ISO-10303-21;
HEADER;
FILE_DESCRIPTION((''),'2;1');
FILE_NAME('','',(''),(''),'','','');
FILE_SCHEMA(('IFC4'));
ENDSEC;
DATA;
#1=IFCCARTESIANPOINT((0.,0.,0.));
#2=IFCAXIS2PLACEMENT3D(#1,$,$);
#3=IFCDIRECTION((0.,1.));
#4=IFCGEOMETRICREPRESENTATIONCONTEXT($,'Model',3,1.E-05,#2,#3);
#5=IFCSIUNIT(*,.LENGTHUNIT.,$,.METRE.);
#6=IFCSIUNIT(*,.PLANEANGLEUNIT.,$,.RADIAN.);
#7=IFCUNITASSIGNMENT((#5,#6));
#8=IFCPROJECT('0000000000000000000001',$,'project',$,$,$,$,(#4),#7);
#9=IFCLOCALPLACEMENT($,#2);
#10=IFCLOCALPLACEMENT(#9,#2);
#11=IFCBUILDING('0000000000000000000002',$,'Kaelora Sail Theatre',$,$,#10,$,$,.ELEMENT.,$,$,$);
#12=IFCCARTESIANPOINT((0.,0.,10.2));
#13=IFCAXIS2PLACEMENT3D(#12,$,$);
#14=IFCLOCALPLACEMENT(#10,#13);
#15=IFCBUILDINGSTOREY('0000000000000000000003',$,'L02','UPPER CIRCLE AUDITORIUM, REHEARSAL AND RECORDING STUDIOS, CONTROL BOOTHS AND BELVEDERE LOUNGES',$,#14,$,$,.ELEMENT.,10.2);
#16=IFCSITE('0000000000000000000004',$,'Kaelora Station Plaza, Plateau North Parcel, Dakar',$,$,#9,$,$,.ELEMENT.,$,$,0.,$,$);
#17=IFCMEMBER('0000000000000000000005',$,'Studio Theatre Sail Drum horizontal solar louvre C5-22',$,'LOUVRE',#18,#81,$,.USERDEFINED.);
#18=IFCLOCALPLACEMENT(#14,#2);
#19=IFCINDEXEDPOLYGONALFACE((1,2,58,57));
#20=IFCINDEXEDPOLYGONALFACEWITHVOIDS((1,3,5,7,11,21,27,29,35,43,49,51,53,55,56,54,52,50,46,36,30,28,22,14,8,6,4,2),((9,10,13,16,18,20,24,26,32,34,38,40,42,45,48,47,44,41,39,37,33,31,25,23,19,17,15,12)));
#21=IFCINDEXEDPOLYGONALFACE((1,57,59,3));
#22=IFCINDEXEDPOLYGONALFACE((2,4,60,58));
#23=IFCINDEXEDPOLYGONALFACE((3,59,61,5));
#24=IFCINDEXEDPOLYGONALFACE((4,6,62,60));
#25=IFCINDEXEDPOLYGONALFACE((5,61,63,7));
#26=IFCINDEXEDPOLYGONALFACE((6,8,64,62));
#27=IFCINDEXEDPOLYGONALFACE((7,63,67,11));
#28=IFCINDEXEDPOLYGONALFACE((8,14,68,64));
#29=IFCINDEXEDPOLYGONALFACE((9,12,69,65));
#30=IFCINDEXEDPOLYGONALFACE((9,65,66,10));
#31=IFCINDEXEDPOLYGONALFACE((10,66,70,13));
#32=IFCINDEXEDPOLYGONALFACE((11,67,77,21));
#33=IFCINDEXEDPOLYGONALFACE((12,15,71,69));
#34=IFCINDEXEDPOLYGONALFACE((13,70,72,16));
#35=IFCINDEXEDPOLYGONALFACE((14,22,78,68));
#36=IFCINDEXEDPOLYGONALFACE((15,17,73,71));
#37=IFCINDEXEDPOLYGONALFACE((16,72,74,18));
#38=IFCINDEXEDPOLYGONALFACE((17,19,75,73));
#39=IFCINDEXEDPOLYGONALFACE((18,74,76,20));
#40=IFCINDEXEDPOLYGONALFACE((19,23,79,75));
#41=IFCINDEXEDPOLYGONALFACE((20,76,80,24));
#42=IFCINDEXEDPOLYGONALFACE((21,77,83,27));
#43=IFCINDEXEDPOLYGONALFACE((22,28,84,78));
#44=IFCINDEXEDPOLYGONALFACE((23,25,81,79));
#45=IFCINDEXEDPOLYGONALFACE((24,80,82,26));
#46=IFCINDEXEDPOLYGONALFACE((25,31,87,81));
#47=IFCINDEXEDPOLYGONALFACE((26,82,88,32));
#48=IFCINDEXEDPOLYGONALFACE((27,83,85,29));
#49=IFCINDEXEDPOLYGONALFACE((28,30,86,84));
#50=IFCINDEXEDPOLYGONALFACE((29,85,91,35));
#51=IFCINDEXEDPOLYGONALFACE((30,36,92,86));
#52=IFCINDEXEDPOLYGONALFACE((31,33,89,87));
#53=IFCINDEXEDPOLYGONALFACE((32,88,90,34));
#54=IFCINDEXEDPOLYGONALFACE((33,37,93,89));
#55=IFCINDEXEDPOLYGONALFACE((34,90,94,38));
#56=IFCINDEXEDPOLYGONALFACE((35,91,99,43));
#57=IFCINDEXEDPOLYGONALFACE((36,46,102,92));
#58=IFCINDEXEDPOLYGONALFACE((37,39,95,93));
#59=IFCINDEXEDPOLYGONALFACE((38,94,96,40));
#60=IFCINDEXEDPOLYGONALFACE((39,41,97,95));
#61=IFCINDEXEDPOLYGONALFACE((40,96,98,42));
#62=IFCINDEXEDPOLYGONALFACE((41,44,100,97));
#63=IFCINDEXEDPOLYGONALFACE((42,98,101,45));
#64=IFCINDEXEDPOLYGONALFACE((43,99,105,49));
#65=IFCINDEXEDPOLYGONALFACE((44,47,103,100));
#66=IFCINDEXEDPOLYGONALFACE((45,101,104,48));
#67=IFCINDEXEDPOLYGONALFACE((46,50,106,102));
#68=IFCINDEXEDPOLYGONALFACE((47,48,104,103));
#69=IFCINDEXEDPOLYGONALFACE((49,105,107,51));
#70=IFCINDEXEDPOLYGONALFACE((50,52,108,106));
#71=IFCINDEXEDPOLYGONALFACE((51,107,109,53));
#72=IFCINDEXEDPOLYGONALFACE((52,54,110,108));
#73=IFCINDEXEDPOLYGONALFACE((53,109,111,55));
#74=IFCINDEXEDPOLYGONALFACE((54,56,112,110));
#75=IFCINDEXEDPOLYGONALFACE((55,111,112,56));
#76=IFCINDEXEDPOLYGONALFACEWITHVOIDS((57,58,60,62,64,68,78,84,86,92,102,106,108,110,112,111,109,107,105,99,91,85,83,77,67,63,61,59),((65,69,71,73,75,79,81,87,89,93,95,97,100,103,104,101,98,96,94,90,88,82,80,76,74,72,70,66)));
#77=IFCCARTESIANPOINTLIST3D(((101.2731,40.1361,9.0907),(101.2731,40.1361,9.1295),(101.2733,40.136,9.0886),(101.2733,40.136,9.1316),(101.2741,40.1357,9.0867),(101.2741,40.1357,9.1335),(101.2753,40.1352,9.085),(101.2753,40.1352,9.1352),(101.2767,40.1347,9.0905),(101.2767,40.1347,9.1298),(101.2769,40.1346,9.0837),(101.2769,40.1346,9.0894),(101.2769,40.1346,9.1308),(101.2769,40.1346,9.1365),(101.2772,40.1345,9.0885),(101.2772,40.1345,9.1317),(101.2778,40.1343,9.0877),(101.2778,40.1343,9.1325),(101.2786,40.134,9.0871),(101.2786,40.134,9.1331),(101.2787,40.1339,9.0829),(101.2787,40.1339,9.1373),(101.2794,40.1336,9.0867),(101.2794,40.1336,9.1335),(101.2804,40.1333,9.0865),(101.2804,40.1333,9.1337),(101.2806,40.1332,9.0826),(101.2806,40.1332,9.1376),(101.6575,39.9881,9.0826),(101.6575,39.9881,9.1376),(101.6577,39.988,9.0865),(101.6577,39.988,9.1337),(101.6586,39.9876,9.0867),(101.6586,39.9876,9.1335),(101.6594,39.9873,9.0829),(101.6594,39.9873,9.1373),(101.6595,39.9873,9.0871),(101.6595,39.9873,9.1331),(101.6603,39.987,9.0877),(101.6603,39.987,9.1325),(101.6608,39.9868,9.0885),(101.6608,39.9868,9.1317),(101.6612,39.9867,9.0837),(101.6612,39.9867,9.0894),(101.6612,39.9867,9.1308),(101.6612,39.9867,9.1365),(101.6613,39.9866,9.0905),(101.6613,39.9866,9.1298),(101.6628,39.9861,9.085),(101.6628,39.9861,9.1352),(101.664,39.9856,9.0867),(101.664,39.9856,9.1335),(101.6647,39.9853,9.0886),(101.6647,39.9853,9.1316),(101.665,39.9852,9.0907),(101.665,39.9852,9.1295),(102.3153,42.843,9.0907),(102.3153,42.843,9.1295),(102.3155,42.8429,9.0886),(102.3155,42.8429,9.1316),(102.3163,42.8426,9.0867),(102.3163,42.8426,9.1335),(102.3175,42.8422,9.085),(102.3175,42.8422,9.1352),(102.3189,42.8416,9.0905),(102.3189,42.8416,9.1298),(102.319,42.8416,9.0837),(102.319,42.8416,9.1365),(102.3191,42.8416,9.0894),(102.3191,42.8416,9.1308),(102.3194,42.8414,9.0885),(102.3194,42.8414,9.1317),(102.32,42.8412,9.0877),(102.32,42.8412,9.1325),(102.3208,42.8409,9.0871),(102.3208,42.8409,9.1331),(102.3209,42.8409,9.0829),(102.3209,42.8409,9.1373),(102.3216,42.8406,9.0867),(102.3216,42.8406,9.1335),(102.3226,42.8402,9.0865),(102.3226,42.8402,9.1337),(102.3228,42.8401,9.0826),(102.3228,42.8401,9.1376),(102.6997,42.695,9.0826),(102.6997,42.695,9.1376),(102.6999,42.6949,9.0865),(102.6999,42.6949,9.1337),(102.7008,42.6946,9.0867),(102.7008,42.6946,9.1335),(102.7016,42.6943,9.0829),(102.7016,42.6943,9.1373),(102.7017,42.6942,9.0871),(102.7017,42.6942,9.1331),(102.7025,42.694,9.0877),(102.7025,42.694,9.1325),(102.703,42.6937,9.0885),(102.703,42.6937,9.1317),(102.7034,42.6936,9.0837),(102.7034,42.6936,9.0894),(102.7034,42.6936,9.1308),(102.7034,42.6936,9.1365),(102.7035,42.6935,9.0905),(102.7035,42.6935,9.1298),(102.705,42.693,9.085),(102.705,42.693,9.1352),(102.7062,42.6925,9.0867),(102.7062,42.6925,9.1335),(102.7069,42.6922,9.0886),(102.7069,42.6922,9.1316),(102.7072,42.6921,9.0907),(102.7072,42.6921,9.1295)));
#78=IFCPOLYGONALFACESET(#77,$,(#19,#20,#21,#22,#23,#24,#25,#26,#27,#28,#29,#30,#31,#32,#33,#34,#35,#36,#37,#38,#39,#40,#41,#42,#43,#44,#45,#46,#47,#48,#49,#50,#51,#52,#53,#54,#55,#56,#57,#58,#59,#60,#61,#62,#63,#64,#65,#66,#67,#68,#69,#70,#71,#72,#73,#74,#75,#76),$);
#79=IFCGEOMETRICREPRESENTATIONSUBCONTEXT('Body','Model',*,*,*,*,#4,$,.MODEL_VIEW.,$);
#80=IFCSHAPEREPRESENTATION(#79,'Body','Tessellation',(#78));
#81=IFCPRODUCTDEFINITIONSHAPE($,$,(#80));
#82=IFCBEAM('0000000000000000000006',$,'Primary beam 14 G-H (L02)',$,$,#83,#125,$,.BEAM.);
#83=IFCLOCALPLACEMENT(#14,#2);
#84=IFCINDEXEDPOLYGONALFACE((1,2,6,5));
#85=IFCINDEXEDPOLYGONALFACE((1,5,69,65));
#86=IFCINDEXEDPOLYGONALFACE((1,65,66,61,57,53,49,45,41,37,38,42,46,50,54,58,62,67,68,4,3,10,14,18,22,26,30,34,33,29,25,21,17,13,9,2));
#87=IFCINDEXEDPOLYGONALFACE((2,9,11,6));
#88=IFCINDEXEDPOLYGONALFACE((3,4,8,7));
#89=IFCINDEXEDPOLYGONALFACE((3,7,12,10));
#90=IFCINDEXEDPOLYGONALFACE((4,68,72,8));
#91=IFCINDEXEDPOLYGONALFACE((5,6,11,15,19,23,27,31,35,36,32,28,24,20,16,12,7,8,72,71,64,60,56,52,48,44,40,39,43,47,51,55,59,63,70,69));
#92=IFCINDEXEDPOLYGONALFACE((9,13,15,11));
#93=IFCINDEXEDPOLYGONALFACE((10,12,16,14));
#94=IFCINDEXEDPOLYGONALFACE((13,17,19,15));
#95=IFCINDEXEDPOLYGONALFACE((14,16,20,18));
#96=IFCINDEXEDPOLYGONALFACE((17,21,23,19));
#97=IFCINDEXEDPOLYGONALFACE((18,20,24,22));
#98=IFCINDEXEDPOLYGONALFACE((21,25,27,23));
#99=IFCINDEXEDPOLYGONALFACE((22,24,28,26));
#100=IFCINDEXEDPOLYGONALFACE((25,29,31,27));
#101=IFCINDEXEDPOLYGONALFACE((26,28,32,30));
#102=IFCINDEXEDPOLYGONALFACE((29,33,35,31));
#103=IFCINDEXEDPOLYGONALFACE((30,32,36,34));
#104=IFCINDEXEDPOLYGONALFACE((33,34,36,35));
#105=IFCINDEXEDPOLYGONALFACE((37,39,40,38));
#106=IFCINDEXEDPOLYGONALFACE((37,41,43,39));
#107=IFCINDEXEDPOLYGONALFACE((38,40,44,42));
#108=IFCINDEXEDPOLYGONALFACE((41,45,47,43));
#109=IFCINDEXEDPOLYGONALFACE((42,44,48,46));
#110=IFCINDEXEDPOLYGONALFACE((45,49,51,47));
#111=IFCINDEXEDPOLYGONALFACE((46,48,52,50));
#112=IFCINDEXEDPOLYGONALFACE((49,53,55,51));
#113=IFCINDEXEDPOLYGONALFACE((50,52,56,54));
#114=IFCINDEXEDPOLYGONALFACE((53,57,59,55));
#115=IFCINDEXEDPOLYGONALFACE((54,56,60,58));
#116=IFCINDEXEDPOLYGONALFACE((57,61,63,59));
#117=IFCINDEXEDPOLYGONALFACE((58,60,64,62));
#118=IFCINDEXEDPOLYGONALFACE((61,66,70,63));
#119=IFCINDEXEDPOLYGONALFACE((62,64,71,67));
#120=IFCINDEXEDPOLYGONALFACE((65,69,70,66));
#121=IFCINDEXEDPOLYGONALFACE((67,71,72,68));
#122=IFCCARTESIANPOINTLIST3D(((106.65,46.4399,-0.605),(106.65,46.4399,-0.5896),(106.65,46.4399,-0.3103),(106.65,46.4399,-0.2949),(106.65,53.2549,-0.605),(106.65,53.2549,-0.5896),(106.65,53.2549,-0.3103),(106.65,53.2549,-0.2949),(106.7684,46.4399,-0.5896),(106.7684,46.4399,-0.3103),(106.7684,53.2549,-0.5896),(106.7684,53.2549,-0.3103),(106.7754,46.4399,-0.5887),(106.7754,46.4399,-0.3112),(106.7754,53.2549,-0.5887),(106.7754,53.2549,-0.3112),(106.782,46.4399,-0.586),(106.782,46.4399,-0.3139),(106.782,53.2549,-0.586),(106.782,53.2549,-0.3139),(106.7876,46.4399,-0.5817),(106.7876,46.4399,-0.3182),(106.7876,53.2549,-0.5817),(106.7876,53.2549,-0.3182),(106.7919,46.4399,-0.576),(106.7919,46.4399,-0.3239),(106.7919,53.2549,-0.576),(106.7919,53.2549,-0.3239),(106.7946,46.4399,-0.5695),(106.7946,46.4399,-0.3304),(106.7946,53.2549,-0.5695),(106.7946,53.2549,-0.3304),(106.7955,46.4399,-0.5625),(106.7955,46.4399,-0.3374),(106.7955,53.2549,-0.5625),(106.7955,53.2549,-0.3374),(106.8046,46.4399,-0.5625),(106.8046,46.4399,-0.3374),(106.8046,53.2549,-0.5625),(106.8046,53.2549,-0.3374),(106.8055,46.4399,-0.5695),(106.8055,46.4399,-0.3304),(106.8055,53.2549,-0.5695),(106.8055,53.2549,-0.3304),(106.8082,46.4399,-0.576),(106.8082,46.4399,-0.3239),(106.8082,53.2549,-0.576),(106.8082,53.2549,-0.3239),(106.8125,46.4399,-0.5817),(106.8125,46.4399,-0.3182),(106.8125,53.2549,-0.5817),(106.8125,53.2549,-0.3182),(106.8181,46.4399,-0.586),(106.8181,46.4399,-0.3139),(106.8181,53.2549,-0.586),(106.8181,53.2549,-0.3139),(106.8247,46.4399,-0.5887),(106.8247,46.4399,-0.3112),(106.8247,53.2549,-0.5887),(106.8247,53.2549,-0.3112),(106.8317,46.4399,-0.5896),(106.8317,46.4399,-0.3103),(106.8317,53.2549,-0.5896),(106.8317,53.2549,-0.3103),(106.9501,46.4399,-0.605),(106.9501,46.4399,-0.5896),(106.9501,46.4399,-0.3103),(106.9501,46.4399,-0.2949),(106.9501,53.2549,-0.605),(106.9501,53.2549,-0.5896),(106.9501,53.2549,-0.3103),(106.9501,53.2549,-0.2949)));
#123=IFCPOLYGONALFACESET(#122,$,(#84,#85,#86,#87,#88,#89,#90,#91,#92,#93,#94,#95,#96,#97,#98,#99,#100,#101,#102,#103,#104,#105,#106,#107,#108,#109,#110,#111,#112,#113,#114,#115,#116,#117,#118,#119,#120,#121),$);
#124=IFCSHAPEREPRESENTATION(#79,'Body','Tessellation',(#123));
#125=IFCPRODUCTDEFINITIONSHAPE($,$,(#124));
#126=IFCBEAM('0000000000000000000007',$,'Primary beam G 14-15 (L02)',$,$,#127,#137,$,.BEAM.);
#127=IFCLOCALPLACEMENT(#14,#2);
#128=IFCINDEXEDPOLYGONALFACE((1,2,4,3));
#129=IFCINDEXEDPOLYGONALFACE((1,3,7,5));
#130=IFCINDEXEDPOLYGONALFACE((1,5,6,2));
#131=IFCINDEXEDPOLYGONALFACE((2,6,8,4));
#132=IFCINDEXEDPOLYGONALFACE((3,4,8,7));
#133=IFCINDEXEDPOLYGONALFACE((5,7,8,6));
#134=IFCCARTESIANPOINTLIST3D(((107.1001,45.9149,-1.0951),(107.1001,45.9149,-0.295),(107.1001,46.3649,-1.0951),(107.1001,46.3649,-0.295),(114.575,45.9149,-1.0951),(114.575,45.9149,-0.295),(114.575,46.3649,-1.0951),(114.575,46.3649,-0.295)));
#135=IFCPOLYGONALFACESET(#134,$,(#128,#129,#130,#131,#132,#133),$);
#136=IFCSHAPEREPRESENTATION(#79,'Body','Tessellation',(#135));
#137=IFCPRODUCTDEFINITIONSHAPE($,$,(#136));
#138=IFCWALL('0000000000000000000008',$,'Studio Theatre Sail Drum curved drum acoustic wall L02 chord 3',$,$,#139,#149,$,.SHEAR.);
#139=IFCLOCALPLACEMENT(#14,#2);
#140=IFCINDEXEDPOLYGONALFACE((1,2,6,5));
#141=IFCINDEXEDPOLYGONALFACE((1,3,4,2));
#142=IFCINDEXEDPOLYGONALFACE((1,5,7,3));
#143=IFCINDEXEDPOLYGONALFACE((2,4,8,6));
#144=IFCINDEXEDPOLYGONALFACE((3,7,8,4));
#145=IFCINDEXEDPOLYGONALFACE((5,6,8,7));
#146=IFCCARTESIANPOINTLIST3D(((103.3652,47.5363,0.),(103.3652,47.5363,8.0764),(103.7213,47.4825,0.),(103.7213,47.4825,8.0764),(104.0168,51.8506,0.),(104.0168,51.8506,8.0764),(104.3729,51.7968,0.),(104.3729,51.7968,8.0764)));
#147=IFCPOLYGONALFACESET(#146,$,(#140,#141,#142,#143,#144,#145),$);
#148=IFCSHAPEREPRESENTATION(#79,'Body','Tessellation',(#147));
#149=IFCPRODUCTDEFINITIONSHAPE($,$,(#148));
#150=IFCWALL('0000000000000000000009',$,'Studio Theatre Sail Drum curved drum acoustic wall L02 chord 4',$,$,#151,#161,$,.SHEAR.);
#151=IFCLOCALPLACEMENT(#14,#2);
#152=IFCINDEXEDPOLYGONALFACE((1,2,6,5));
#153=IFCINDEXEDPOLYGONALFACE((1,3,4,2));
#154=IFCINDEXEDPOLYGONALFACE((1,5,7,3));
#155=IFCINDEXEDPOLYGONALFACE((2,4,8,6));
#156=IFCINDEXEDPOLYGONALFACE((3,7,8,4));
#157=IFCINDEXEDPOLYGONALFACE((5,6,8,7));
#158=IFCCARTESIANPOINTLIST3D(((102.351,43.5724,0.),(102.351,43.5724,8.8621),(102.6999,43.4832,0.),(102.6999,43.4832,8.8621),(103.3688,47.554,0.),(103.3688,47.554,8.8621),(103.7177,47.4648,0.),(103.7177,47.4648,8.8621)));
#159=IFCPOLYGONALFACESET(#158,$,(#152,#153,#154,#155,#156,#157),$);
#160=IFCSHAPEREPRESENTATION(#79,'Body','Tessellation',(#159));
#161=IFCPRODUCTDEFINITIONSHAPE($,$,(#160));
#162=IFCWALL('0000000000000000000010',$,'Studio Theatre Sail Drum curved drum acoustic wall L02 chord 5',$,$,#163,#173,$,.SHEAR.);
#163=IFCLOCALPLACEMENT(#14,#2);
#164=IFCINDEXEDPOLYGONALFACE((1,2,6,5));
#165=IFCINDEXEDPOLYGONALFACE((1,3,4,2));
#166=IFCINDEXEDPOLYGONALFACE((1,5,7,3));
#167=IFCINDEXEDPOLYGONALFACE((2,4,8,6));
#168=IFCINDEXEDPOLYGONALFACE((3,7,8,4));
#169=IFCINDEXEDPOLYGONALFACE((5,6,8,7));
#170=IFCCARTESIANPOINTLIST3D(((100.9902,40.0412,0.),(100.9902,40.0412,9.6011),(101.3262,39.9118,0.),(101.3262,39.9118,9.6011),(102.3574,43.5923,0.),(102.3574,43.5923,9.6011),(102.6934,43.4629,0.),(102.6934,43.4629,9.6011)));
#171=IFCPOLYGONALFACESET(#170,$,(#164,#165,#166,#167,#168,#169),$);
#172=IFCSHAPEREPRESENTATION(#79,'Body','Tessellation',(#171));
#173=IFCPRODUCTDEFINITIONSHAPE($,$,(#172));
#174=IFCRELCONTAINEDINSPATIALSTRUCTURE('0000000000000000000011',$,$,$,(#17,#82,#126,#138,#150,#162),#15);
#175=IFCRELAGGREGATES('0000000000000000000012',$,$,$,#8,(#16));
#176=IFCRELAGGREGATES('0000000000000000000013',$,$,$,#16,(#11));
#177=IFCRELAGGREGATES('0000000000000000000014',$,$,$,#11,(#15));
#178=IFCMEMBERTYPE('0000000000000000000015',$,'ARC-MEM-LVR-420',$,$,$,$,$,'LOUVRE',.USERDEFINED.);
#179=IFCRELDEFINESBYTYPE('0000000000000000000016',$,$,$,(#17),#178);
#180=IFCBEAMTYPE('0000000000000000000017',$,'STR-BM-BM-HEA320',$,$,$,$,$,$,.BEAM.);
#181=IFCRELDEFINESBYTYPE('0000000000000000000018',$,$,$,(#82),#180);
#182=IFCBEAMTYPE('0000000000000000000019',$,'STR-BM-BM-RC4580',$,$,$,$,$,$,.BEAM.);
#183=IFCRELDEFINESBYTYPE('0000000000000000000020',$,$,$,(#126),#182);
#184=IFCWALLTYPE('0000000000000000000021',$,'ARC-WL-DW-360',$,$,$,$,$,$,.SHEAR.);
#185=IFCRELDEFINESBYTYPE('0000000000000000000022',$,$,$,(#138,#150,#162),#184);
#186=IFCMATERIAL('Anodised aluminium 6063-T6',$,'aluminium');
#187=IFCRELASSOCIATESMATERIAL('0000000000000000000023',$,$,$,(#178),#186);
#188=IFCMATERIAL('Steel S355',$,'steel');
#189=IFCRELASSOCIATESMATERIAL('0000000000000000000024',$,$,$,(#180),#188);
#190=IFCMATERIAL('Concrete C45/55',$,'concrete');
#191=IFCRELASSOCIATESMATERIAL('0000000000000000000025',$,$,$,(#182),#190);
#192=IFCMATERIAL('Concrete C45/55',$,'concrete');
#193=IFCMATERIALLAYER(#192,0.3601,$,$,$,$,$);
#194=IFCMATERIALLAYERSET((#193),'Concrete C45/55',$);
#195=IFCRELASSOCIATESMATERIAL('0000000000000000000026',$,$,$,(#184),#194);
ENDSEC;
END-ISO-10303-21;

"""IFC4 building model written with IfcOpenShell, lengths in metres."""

from ifc_helpers import new_model, si_unit, direction, frame, frame_2d, origin, origin_2d, place, context, subcontext, project, spatial, rectangle, hollow_rectangle, i_section, extrude, material, layer, layer_set, material_profile, profile_set, type_object, element, save


model = new_model("IFC4")

# Units and contexts
model_context = context("Model", 3, precision=1e-05, world=origin(), true_north=direction((0.0, 1.0)))
body_context = subcontext(model_context, "Body", "Model", "MODEL_VIEW")
ifc_project = project(units=[si_unit("LENGTHUNIT", "METRE"), si_unit("PLANEANGLEUNIT", "RADIAN")], contexts=[model_context])

# Site, building, storey
site_placement = place(None, origin())
site = spatial("IfcSite", under=ifc_project, at=site_placement, Name="Kaelora Station Plaza, Plateau North Parcel, Dakar", CompositionType="ELEMENT", RefElevation=0.0)
building_placement = place(site_placement, origin())
building = spatial("IfcBuilding", under=site, at=building_placement, Name="Kaelora Sail Theatre", CompositionType="ELEMENT")
storey_placement = place(building_placement, frame((0.0, 0.0, 10.2)))
storey = spatial("IfcBuildingStorey", under=building, at=storey_placement, Name="L02", Description="UPPER CIRCLE AUDITORIUM, REHEARSAL AND RECORDING STUDIOS, CONTROL BOOTHS AND BELVEDERE LOUNGES", CompositionType="ELEMENT", Elevation=10.2)

# Member
ifc_material_1 = material(Name="Anodised aluminium 6063-T6", Category="aluminium")
ifc_material_profile_1 = material_profile(ifc_material_1, hollow_rectangle(XDim=0.4199, YDim=0.0549, WallThickness=0.0039, InnerFilletRadius=0.0039, OuterFilletRadius=0.0081, at=origin_2d()), Name="LOUVRE 420x55x4")
ifc_profile_set_1 = profile_set([ifc_material_profile_1], Name="Anodised aluminium 6063-T6")
member_type = type_object("IfcMemberType", Name="ARC-MEM-LVR-420", ElementType="LOUVRE", PredefinedType="USERDEFINED", material=ifc_profile_set_1)
for number, where, z_axis, x_axis, name in (
    (1, (102.5112, 42.7676, 9.1101), (-0.359301, -0.933222, 0.0), (0.933222, -0.359301, 0.0), "Studio Theatre Sail Drum horizontal solar louvre C5-22"),
):
    element("IfcMember", number, at=place(storey_placement, frame(where, z_axis=z_axis, x_axis=x_axis)), inside=storey, type_object=member_type, Name=name, ObjectType="LOUVRE", PredefinedType="USERDEFINED", context=body_context, shape_type="SweptSolid", body=[
        extrude(hollow_rectangle(XDim=0.4199, YDim=0.0549, WallThickness=0.0039, InnerFilletRadius=0.0039, OuterFilletRadius=0.0081, at=origin_2d()), origin(), (0.0, 0.0, 1.0), 2.9006),
    ])

# Beams
ifc_material_2 = material(Name="Steel S355", Category="steel")
ifc_material_profile_2 = material_profile(ifc_material_2, i_section(OverallWidth=0.3, OverallDepth=0.3101, WebThickness=0.009, FlangeThickness=0.0154, FilletRadius=0.0271, at=origin_2d()), Name="HEA 320")
ifc_profile_set_2 = profile_set([ifc_material_profile_2], Name="Steel S355")
beam_type_1 = type_object("IfcBeamType", Name="STR-BM-BM-HEA320", PredefinedType="BEAM", material=ifc_profile_set_2)
beam_1_placement = place(storey_placement, frame((106.8, 46.4399, -0.45), z_axis=(0.0, 1.0, 0.0), x_axis=(-1.0, 0.0, 0.0)))
element("IfcBeam", 2, at=beam_1_placement, inside=storey, type_object=beam_type_1, Name="Primary beam 14 G-H (L02)", PredefinedType="BEAM", context=body_context, shape_type="SweptSolid", body=[
    extrude(i_section(OverallWidth=0.3, OverallDepth=0.3101, WebThickness=0.009, FlangeThickness=0.0154, FilletRadius=0.0271, at=origin_2d()), origin(), (0.0, 0.0, 1.0), 6.8149),
])
ifc_material_3 = material(Name="Concrete C45/55", Category="concrete")
ifc_material_profile_3 = material_profile(ifc_material_3, rectangle(XDim=0.45, YDim=0.8, at=origin_2d()), Name="RC-BM 450x800")
ifc_profile_set_3 = profile_set([ifc_material_profile_3], Name="Concrete C45/55")
beam_type_2 = type_object("IfcBeamType", Name="STR-BM-BM-RC4580", PredefinedType="BEAM", material=ifc_profile_set_3)
beam_2_placement = place(storey_placement, frame((107.1001, 46.1399, -0.6951), z_axis=(1.0, 0.0, 0.0), x_axis=(0.0, 1.0, 0.0)))
element("IfcBeam", 3, at=beam_2_placement, inside=storey, type_object=beam_type_2, Name="Primary beam G 14-15 (L02)", PredefinedType="BEAM", context=body_context, shape_type="SweptSolid", body=[
    extrude(rectangle(XDim=0.45, YDim=0.8, at=origin_2d()), origin(), (0.0, 0.0, 1.0), 7.4749),
])

# Walls
ifc_material_4 = material(Name="Concrete C45/55", Category="concrete")
ifc_layer = layer(ifc_material_4, 0.3601)
ifc_layer_set = layer_set([ifc_layer], Name="Concrete C45/55")
wall_type = type_object("IfcWallType", Name="ARC-WL-DW-360", PredefinedType="SHEAR", material=ifc_layer_set)
wall_1_placement = place(storey_placement, frame((104.1948, 51.8237, 0.0), z_axis=(0.0, 0.0, 1.0), x_axis=(-0.149336, -0.988786, 0.0)))
element("IfcWall", 4, at=wall_1_placement, inside=storey, type_object=wall_type, Name="Studio Theatre Sail Drum curved drum acoustic wall L02 chord 3", PredefinedType="SHEAR", context=body_context, shape_type="SweptSolid", body=[
    extrude(rectangle(XDim=4.3633, YDim=0.3601, at=frame_2d((2.1816, 0.0))), origin(), (0.0, 0.0, 1.0), 8.0764),
])
wall_2_placement = place(storey_placement, frame((103.5432, 47.5093, 0.0), z_axis=(0.0, 0.0, 1.0), x_axis=(-0.247662, -0.968846, 0.0)))
element("IfcWall", 5, at=wall_2_placement, inside=storey, type_object=wall_type, Name="Studio Theatre Sail Drum curved drum acoustic wall L02 chord 4", PredefinedType="SHEAR", context=body_context, shape_type="SweptSolid", body=[
    extrude(rectangle(XDim=4.1096, YDim=0.3601, at=frame_2d((2.0547, 0.0))), origin(), (0.0, 0.0, 1.0), 8.8621),
])
wall_3_placement = place(storey_placement, frame((102.5254, 43.5276, 0.0), z_axis=(0.0, 0.0, 1.0), x_axis=(-0.359302, -0.933222, 0.0)))
element("IfcWall", 6, at=wall_3_placement, inside=storey, type_object=wall_type, Name="Studio Theatre Sail Drum curved drum acoustic wall L02 chord 5", PredefinedType="SHEAR", context=body_context, shape_type="SweptSolid", body=[
    extrude(rectangle(XDim=3.8052, YDim=0.3601, at=frame_2d((1.9026, 0.0))), origin(), (0.0, 0.0, 1.0), 9.6011),
])

save(model, "model.ifc")
